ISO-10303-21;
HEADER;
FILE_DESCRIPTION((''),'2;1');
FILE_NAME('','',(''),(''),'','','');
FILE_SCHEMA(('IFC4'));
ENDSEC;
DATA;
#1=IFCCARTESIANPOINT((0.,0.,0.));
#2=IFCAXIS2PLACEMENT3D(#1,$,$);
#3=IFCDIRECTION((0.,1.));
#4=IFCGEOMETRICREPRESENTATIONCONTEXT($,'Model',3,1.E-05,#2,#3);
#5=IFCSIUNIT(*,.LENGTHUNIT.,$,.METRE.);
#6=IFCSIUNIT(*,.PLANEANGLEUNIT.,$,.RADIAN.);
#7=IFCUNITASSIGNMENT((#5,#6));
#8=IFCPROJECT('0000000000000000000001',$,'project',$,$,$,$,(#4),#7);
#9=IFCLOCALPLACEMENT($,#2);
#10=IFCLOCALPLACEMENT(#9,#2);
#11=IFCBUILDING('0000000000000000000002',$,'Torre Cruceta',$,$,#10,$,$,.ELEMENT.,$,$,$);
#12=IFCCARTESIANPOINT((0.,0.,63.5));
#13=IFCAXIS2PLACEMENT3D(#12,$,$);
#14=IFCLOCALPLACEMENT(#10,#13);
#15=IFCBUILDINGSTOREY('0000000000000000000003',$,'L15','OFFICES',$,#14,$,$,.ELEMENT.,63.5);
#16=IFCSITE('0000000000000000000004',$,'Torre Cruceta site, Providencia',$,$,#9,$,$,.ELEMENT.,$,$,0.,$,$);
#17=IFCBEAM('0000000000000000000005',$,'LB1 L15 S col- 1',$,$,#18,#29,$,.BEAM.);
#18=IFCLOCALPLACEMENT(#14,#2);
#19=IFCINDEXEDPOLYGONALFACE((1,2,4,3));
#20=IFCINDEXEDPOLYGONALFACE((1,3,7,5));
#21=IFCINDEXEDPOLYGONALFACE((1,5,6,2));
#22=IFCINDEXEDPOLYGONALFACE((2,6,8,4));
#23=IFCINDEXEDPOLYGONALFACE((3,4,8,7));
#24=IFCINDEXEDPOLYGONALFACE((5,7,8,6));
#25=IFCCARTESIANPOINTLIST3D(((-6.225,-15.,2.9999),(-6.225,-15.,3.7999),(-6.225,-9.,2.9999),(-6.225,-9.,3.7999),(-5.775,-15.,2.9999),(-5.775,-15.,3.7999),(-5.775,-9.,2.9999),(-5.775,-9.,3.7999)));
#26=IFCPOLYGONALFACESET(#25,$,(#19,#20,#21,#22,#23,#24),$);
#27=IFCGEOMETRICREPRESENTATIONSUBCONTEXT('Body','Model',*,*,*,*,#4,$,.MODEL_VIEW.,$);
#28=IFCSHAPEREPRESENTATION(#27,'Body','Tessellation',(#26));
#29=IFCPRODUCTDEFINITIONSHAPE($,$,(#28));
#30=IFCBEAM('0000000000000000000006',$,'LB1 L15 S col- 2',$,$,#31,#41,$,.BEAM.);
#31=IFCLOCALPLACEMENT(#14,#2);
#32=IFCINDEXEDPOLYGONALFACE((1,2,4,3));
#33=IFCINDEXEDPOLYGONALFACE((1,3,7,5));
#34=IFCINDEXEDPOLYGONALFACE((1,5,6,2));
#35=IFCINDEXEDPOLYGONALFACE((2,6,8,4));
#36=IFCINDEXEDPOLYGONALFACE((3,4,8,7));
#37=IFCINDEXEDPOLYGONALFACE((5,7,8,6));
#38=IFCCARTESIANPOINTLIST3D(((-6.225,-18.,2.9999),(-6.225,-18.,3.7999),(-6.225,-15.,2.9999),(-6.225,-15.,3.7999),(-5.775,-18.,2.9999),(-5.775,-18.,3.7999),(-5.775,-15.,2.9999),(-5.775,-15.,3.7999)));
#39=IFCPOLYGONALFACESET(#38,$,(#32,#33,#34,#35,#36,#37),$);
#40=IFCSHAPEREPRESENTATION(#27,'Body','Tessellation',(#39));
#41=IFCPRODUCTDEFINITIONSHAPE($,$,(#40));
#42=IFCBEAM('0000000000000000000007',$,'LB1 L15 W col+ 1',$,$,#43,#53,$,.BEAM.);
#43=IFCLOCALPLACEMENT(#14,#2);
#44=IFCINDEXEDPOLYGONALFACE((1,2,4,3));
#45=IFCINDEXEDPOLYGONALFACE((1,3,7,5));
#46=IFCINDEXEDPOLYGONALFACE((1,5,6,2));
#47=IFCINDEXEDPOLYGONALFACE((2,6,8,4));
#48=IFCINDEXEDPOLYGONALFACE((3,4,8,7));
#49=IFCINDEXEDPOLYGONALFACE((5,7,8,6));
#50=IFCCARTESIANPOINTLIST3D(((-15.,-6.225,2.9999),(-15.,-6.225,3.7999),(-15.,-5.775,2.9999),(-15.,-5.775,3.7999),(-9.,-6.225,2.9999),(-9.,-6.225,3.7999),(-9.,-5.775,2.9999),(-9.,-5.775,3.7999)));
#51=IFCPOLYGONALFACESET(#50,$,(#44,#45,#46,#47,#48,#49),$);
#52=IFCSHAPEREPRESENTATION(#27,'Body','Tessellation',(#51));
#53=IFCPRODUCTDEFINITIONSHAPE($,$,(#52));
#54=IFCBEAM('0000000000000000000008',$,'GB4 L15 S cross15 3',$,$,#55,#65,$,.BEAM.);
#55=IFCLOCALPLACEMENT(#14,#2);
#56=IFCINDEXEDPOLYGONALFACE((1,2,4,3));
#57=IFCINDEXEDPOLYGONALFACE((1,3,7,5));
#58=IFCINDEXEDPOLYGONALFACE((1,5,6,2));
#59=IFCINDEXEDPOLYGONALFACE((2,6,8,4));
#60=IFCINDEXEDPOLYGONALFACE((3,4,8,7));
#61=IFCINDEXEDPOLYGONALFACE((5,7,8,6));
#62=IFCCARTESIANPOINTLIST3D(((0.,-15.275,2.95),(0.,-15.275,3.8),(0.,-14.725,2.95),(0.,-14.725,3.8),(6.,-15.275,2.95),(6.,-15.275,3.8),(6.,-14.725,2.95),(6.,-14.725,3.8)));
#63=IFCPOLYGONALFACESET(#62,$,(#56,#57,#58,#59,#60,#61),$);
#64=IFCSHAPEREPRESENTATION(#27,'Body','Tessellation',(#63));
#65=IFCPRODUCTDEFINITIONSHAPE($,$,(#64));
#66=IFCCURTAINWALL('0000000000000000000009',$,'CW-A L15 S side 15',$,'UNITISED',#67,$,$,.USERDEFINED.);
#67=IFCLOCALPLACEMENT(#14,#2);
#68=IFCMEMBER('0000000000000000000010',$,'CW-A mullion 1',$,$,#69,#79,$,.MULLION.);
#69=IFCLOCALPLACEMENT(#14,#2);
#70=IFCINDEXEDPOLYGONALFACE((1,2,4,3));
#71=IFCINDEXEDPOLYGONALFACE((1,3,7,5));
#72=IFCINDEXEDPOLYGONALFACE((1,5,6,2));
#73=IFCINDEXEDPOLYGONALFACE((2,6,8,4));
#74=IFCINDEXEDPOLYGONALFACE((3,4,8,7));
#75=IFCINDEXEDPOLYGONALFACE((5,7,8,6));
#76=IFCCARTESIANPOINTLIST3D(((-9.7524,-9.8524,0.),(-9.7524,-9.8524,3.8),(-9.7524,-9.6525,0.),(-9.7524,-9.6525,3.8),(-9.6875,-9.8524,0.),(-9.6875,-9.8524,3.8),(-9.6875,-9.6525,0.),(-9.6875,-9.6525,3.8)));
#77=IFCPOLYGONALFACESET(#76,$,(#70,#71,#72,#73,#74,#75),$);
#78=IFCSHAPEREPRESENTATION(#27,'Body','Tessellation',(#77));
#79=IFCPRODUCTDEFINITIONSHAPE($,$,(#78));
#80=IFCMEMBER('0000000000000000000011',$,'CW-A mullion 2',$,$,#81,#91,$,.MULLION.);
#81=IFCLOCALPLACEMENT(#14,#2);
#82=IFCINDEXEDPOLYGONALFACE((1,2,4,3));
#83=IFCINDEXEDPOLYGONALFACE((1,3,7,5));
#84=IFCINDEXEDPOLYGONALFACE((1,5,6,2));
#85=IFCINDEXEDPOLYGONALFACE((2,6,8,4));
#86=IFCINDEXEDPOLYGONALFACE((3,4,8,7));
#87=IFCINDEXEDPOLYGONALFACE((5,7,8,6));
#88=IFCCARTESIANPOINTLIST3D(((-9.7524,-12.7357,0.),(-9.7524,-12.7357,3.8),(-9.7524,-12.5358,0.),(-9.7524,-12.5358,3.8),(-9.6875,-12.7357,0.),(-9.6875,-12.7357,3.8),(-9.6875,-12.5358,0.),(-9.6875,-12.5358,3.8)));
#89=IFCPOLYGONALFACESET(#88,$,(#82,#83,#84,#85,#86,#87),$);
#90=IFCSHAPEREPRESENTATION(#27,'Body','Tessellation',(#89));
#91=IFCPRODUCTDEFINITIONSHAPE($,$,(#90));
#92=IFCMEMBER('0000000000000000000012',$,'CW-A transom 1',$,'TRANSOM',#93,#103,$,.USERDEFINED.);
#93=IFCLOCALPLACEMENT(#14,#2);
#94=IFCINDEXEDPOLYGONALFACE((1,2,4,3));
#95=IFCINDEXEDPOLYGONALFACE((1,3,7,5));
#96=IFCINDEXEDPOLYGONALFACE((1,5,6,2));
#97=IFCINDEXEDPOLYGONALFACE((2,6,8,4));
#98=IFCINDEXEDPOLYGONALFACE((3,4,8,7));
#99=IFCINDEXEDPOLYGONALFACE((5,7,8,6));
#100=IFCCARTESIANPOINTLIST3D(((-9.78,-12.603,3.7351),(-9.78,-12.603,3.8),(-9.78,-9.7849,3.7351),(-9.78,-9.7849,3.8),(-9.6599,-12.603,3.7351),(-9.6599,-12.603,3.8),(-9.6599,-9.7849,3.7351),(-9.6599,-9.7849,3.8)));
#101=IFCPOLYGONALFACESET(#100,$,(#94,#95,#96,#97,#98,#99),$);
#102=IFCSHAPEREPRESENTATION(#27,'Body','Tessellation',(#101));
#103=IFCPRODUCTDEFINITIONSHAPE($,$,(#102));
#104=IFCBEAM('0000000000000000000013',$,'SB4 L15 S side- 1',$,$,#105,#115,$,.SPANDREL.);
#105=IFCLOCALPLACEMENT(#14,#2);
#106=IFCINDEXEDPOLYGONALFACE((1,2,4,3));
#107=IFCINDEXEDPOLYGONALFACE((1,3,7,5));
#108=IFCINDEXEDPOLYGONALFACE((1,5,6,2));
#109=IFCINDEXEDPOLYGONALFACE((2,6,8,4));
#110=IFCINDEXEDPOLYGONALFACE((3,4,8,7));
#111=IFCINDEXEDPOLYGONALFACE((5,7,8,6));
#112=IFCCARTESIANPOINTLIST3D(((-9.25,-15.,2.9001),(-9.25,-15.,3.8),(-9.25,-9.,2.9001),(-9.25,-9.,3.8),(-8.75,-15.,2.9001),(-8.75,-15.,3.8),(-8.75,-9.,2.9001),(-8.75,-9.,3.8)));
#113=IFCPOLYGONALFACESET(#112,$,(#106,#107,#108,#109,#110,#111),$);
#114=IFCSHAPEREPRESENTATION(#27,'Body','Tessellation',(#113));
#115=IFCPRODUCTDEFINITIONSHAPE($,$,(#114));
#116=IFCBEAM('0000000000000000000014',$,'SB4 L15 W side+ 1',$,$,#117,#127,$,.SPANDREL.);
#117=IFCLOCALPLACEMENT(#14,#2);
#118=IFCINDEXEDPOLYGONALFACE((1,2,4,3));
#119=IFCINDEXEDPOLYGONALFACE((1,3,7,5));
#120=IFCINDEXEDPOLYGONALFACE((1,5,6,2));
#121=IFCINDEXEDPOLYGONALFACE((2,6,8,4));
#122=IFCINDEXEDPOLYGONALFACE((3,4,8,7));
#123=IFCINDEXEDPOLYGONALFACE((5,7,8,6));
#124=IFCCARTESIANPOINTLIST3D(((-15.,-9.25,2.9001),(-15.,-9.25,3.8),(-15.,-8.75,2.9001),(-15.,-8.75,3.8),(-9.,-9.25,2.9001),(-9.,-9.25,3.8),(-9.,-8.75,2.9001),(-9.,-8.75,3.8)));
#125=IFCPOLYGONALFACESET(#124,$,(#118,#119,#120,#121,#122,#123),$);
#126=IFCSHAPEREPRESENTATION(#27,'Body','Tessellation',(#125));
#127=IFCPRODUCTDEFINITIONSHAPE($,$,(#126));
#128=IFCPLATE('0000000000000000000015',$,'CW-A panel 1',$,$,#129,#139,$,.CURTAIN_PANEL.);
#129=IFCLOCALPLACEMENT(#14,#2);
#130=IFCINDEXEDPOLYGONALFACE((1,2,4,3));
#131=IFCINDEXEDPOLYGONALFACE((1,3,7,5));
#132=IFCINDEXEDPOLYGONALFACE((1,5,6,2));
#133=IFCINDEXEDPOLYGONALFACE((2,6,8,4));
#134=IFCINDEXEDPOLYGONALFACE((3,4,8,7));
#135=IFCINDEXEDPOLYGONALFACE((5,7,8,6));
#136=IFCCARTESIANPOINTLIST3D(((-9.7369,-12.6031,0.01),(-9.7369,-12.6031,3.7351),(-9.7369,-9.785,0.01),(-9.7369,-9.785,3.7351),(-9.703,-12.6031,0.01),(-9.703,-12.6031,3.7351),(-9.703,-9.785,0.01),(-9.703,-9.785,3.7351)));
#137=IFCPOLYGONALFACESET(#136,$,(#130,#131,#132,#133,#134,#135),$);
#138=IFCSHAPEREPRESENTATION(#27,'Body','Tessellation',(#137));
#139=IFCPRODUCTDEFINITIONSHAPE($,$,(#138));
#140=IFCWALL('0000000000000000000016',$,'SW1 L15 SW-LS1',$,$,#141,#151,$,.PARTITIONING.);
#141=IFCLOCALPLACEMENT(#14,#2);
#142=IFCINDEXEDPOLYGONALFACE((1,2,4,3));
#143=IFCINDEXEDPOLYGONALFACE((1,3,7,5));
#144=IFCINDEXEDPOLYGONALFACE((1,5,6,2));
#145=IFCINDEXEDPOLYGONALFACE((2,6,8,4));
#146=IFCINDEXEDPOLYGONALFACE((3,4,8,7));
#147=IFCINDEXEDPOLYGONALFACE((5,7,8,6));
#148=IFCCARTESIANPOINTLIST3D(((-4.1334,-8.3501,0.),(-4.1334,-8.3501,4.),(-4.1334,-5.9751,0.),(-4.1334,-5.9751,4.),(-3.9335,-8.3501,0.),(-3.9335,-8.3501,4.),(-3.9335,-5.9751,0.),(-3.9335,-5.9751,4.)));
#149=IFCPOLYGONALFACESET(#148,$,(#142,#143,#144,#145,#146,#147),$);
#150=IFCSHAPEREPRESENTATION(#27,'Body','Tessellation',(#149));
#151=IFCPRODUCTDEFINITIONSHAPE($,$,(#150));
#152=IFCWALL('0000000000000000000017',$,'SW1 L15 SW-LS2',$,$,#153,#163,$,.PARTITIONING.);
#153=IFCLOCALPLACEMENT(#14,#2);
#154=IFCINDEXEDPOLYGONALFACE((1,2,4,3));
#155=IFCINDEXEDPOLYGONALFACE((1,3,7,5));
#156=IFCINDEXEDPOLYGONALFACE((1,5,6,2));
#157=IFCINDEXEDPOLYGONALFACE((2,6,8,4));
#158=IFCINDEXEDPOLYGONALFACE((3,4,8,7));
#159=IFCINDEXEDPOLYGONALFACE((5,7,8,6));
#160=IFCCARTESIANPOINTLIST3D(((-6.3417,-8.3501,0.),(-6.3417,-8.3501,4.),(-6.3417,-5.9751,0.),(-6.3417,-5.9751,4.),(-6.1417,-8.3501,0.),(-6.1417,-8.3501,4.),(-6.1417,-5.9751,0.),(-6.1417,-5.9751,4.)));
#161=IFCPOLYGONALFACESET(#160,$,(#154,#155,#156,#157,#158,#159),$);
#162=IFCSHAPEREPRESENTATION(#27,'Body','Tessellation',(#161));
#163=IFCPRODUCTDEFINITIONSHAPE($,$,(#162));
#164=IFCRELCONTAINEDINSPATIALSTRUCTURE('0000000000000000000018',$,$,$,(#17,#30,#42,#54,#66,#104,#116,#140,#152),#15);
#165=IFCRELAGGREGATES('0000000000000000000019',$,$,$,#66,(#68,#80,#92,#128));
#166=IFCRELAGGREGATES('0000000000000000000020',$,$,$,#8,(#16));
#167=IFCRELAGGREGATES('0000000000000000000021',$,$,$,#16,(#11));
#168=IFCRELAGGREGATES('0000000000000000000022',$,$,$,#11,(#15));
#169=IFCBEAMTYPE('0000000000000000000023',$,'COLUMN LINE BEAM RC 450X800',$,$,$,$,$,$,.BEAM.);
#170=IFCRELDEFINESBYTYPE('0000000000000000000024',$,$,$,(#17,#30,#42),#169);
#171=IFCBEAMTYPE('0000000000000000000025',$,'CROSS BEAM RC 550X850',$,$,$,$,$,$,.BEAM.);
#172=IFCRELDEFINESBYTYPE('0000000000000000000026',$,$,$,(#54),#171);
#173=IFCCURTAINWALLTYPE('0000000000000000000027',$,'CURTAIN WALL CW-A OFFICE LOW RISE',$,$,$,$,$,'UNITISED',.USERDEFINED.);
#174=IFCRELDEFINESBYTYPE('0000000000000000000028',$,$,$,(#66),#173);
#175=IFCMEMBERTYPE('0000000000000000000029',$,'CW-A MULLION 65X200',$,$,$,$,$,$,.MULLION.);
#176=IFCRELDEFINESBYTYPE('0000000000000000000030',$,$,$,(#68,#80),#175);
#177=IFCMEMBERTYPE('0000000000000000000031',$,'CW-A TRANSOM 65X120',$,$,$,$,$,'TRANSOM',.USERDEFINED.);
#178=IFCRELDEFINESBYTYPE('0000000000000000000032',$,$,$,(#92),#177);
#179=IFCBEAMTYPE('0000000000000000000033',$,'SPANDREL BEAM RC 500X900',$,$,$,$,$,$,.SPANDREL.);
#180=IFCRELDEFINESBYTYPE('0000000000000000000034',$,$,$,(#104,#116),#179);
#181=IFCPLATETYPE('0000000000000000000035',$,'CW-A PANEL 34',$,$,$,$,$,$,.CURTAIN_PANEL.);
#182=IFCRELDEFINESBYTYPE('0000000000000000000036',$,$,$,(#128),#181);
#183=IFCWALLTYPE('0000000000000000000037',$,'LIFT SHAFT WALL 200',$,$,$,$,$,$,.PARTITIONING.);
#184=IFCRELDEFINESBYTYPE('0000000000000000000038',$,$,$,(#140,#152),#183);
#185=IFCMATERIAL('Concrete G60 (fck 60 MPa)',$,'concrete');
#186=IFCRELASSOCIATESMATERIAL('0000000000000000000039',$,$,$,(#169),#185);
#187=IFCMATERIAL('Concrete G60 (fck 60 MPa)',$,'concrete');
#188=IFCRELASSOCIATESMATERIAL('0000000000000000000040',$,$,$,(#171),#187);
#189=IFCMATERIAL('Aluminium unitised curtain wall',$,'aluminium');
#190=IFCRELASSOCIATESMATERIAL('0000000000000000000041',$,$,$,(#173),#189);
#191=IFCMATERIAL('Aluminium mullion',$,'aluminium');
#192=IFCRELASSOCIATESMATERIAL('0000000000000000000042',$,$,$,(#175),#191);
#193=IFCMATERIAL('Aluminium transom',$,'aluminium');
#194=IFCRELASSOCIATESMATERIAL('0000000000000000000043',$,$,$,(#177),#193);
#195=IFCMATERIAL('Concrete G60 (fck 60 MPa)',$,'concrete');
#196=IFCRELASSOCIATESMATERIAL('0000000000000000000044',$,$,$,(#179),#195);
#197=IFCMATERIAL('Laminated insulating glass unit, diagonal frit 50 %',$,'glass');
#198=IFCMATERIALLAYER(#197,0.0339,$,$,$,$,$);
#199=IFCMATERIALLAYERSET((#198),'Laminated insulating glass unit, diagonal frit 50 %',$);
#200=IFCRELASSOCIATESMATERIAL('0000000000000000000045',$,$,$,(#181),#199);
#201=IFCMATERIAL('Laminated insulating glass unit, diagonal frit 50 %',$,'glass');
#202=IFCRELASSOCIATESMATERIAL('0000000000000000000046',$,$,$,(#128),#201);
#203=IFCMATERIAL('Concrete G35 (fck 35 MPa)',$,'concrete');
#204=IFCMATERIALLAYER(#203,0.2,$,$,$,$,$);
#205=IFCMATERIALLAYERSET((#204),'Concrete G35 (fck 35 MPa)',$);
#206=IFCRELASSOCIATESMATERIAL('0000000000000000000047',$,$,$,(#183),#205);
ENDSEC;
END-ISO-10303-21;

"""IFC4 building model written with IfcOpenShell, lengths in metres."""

from ifc_helpers import new_model, si_unit, direction, frame, frame_2d, origin, origin_2d, place, context, subcontext, project, spatial, rectangle, extrude, material, layer, layer_set, material_profile, profile_set, type_object, element, aggregate, save


model = new_model("IFC4")

# Units and contexts
model_context = context("Model", 3, precision=1e-05, world=origin(), true_north=direction((0.0, 1.0)))
body_context = subcontext(model_context, "Body", "Model", "MODEL_VIEW")
ifc_project = project(units=[si_unit("LENGTHUNIT", "METRE"), si_unit("PLANEANGLEUNIT", "RADIAN")], contexts=[model_context])

# Site, building, storey
site_placement = place(None, origin())
site = spatial("IfcSite", under=ifc_project, at=site_placement, Name="Torre Cruceta site, Providencia", CompositionType="ELEMENT", RefElevation=0.0)
building_placement = place(site_placement, origin())
building = spatial("IfcBuilding", under=site, at=building_placement, Name="Torre Cruceta", CompositionType="ELEMENT")
storey_placement = place(building_placement, frame((0.0, 0.0, 63.5)))
storey = spatial("IfcBuildingStorey", under=building, at=storey_placement, Name="L15", Description="OFFICES", CompositionType="ELEMENT", Elevation=63.5)

# Beams
ifc_material_1 = material(Name="Concrete G60 (fck 60 MPa)", Category="concrete")
ifc_material_profile_1 = material_profile(ifc_material_1, rectangle(XDim=0.45, YDim=0.8, at=origin_2d()), Name="RC 450X800")
ifc_profile_set_1 = profile_set([ifc_material_profile_1], Name="Concrete G60 (fck 60 MPa)")
beam_type_1 = type_object("IfcBeamType", Name="COLUMN LINE BEAM RC 450X800", PredefinedType="BEAM", material=ifc_profile_set_1)
beam_1_placement = place(storey_placement, frame((-6.0, -9.0, 3.3999), z_axis=(0.0, -1.0, 0.0), x_axis=(1.0, 0.0, 0.0)))
element("IfcBeam", 1, at=beam_1_placement, inside=storey, type_object=beam_type_1, Name="LB1 L15 S col- 1", PredefinedType="BEAM", context=body_context, shape_type="SweptSolid", body=[
    extrude(rectangle(XDim=0.45, YDim=0.8, at=origin_2d()), origin(), (0.0, 0.0, 1.0), 6.0),
])
beam_2_placement = place(storey_placement, frame((-6.0, -15.0, 3.3999), z_axis=(0.0, -1.0, 0.0), x_axis=(1.0, 0.0, 0.0)))
element("IfcBeam", 2, at=beam_2_placement, inside=storey, type_object=beam_type_1, Name="LB1 L15 S col- 2", PredefinedType="BEAM", context=body_context, shape_type="SweptSolid", body=[
    extrude(rectangle(XDim=0.45, YDim=0.8, at=origin_2d()), origin(), (0.0, 0.0, 1.0), 3.0),
])
beam_3_placement = place(storey_placement, frame((-9.0, -6.0, 3.3999), z_axis=(-1.0, 0.0, 0.0), x_axis=(0.0, -1.0, 0.0)))
element("IfcBeam", 3, at=beam_3_placement, inside=storey, type_object=beam_type_1, Name="LB1 L15 W col+ 1", PredefinedType="BEAM", context=body_context, shape_type="SweptSolid", body=[
    extrude(rectangle(XDim=0.45, YDim=0.8, at=origin_2d()), origin(), (0.0, 0.0, 1.0), 6.0),
])
ifc_material_2 = material(Name="Concrete G60 (fck 60 MPa)", Category="concrete")
ifc_material_profile_2 = material_profile(ifc_material_2, rectangle(XDim=0.55, YDim=0.8501, at=origin_2d()), Name="RC 550X850")
ifc_profile_set_2 = profile_set([ifc_material_profile_2], Name="Concrete G60 (fck 60 MPa)")
beam_type_2 = type_object("IfcBeamType", Name="CROSS BEAM RC 550X850", PredefinedType="BEAM", material=ifc_profile_set_2)
beam_4_placement = place(storey_placement, frame((0.0, -15.0, 3.375), z_axis=(1.0, 0.0, 0.0), x_axis=(0.0, 1.0, 0.0)))
element("IfcBeam", 4, at=beam_4_placement, inside=storey, type_object=beam_type_2, Name="GB4 L15 S cross15 3", PredefinedType="BEAM", context=body_context, shape_type="SweptSolid", body=[
    extrude(rectangle(XDim=0.55, YDim=0.8501, at=origin_2d()), origin(), (0.0, 0.0, 1.0), 6.0),
])

# Curtain wall, members
ifc_material_3 = material(Name="Aluminium unitised curtain wall", Category="aluminium")
curtain_wall_type = type_object("IfcCurtainWallType", Name="CURTAIN WALL CW-A OFFICE LOW RISE", ElementType="UNITISED", PredefinedType="USERDEFINED", material=ifc_material_3)
curtain_wall_placement = place(storey_placement, origin())
curtain_wall = element("IfcCurtainWall", 5, at=curtain_wall_placement, inside=storey, type_object=curtain_wall_type, Name="CW-A L15 S side 15", ObjectType="UNITISED", PredefinedType="USERDEFINED")
ifc_material_4 = material(Name="Aluminium mullion", Category="aluminium")
ifc_material_profile_3 = material_profile(ifc_material_4, rectangle(XDim=0.0649, YDim=0.2, at=origin_2d()), Name="AL 65X200")
ifc_profile_set_3 = profile_set([ifc_material_profile_3], Name="Aluminium mullion")
member_type_1 = type_object("IfcMemberType", Name="CW-A MULLION 65X200", PredefinedType="MULLION", material=ifc_profile_set_3)
member_1_placement = place(storey_placement, frame((-9.72, -9.7524, 0.0), z_axis=(0.0, 0.0, 1.0), x_axis=(1.0, 0.0, 0.0)))
member_1 = element("IfcMember", 6, at=member_1_placement, type_object=member_type_1, Name="CW-A mullion 1", PredefinedType="MULLION", context=body_context, shape_type="SweptSolid", body=[
    extrude(rectangle(XDim=0.0649, YDim=0.2, at=origin_2d()), origin(), (0.0, 0.0, 1.0), 3.8),
])
member_2_placement = place(storey_placement, frame((-9.72, -12.6357, 0.0), z_axis=(0.0, 0.0, 1.0), x_axis=(1.0, 0.0, 0.0)))
member_2 = element("IfcMember", 7, at=member_2_placement, type_object=member_type_1, Name="CW-A mullion 2", PredefinedType="MULLION", context=body_context, shape_type="SweptSolid", body=[
    extrude(rectangle(XDim=0.0649, YDim=0.2, at=origin_2d()), origin(), (0.0, 0.0, 1.0), 3.8),
])
ifc_material_5 = material(Name="Aluminium transom", Category="aluminium")
ifc_material_profile_4 = material_profile(ifc_material_5, rectangle(XDim=0.1201, YDim=0.0649, at=origin_2d()), Name="AL 120X65")
ifc_profile_set_4 = profile_set([ifc_material_profile_4], Name="Aluminium transom")
member_type_2 = type_object("IfcMemberType", Name="CW-A TRANSOM 65X120", ElementType="TRANSOM", PredefinedType="USERDEFINED", material=ifc_profile_set_4)
member_3_placement = place(storey_placement, frame((-9.72, -9.7849, 3.7676), z_axis=(0.0, -1.0, 0.0), x_axis=(1.0, 0.0, 0.0)))
member_3 = element("IfcMember", 8, at=member_3_placement, type_object=member_type_2, Name="CW-A transom 1", ObjectType="TRANSOM", PredefinedType="USERDEFINED", context=body_context, shape_type="SweptSolid", body=[
    extrude(rectangle(XDim=0.1201, YDim=0.0649, at=origin_2d()), origin(), (0.0, 0.0, 1.0), 2.8181),
])

# Beams
ifc_material_6 = material(Name="Concrete G60 (fck 60 MPa)", Category="concrete")
ifc_material_profile_5 = material_profile(ifc_material_6, rectangle(XDim=0.5, YDim=0.8999, at=origin_2d()), Name="RC 500X900")
ifc_profile_set_5 = profile_set([ifc_material_profile_5], Name="Concrete G60 (fck 60 MPa)")
beam_type_3 = type_object("IfcBeamType", Name="SPANDREL BEAM RC 500X900", PredefinedType="SPANDREL", material=ifc_profile_set_5)
for number, where, z_axis, x_axis, name in (
    (9, (-9.0, -9.0, 3.3501), (0.0, -1.0, 0.0), (1.0, 0.0, 0.0), "SB4 L15 S side- 1"),
    (10, (-9.0, -9.0, 3.3501), (-1.0, 0.0, 0.0), (0.0, -1.0, 0.0), "SB4 L15 W side+ 1"),
):
    element("IfcBeam", number, at=place(storey_placement, frame(where, z_axis=z_axis, x_axis=x_axis)), inside=storey, type_object=beam_type_3, Name=name, PredefinedType="SPANDREL", context=body_context, shape_type="SweptSolid", body=[
        extrude(rectangle(XDim=0.5, YDim=0.8999, at=origin_2d()), origin(), (0.0, 0.0, 1.0), 6.0),
    ])

# Plate
ifc_material_7 = material(Name="Laminated insulating glass unit, diagonal frit 50 %", Category="glass")
ifc_material_8 = material(Name="Laminated insulating glass unit, diagonal frit 50 %", Category="glass")
ifc_layer_1 = layer(ifc_material_8, 0.0339)
ifc_layer_set_1 = layer_set([ifc_layer_1], Name="Laminated insulating glass unit, diagonal frit 50 %")
plate_type = type_object("IfcPlateType", Name="CW-A PANEL 34", PredefinedType="CURTAIN_PANEL", material=ifc_layer_set_1)
plate_placement = place(storey_placement, frame((-9.72, -11.1941, 0.01), z_axis=(0.0, 0.0, 1.0), x_axis=(0.0, -1.0, 0.0)))
plate = element("IfcPlate", 11, at=plate_placement, type_object=plate_type, material=ifc_material_7, Name="CW-A panel 1", PredefinedType="CURTAIN_PANEL", context=body_context, shape_type="SweptSolid", body=[
    extrude(rectangle(XDim=2.8181, YDim=0.0339, at=origin_2d()), origin(), (0.0, 0.0, 1.0), 3.7251),
])
aggregate(curtain_wall, [member_1, member_2, member_3, plate])

# Walls
ifc_material_9 = material(Name="Concrete G35 (fck 35 MPa)", Category="concrete")
ifc_layer_2 = layer(ifc_material_9, 0.2)
ifc_layer_set_2 = layer_set([ifc_layer_2], Name="Concrete G35 (fck 35 MPa)")
wall_type_1 = type_object("IfcWallType", Name="LIFT SHAFT WALL 200", PredefinedType="PARTITIONING", material=ifc_layer_set_2)
for number, where, z_axis, x_axis, name in (
    (12, (-4.0334, -5.9751, 0.0), (0.0, 0.0, 1.0), (0.0, -1.0, 0.0), "SW1 L15 SW-LS1"),
    (13, (-6.2417, -5.9751, 0.0), (0.0, 0.0, 1.0), (0.0, -1.0, 0.0), "SW1 L15 SW-LS2"),
):
    element("IfcWall", number, at=place(storey_placement, frame(where, z_axis=z_axis, x_axis=x_axis)), inside=storey, type_object=wall_type_1, Name=name, PredefinedType="PARTITIONING", context=body_context, shape_type="SweptSolid", body=[
        extrude(rectangle(XDim=2.375, YDim=0.2, at=frame_2d((1.1875, 0.0))), origin(), (0.0, 0.0, 1.0), 4.0),
    ])

save(model, "model.ifc")
